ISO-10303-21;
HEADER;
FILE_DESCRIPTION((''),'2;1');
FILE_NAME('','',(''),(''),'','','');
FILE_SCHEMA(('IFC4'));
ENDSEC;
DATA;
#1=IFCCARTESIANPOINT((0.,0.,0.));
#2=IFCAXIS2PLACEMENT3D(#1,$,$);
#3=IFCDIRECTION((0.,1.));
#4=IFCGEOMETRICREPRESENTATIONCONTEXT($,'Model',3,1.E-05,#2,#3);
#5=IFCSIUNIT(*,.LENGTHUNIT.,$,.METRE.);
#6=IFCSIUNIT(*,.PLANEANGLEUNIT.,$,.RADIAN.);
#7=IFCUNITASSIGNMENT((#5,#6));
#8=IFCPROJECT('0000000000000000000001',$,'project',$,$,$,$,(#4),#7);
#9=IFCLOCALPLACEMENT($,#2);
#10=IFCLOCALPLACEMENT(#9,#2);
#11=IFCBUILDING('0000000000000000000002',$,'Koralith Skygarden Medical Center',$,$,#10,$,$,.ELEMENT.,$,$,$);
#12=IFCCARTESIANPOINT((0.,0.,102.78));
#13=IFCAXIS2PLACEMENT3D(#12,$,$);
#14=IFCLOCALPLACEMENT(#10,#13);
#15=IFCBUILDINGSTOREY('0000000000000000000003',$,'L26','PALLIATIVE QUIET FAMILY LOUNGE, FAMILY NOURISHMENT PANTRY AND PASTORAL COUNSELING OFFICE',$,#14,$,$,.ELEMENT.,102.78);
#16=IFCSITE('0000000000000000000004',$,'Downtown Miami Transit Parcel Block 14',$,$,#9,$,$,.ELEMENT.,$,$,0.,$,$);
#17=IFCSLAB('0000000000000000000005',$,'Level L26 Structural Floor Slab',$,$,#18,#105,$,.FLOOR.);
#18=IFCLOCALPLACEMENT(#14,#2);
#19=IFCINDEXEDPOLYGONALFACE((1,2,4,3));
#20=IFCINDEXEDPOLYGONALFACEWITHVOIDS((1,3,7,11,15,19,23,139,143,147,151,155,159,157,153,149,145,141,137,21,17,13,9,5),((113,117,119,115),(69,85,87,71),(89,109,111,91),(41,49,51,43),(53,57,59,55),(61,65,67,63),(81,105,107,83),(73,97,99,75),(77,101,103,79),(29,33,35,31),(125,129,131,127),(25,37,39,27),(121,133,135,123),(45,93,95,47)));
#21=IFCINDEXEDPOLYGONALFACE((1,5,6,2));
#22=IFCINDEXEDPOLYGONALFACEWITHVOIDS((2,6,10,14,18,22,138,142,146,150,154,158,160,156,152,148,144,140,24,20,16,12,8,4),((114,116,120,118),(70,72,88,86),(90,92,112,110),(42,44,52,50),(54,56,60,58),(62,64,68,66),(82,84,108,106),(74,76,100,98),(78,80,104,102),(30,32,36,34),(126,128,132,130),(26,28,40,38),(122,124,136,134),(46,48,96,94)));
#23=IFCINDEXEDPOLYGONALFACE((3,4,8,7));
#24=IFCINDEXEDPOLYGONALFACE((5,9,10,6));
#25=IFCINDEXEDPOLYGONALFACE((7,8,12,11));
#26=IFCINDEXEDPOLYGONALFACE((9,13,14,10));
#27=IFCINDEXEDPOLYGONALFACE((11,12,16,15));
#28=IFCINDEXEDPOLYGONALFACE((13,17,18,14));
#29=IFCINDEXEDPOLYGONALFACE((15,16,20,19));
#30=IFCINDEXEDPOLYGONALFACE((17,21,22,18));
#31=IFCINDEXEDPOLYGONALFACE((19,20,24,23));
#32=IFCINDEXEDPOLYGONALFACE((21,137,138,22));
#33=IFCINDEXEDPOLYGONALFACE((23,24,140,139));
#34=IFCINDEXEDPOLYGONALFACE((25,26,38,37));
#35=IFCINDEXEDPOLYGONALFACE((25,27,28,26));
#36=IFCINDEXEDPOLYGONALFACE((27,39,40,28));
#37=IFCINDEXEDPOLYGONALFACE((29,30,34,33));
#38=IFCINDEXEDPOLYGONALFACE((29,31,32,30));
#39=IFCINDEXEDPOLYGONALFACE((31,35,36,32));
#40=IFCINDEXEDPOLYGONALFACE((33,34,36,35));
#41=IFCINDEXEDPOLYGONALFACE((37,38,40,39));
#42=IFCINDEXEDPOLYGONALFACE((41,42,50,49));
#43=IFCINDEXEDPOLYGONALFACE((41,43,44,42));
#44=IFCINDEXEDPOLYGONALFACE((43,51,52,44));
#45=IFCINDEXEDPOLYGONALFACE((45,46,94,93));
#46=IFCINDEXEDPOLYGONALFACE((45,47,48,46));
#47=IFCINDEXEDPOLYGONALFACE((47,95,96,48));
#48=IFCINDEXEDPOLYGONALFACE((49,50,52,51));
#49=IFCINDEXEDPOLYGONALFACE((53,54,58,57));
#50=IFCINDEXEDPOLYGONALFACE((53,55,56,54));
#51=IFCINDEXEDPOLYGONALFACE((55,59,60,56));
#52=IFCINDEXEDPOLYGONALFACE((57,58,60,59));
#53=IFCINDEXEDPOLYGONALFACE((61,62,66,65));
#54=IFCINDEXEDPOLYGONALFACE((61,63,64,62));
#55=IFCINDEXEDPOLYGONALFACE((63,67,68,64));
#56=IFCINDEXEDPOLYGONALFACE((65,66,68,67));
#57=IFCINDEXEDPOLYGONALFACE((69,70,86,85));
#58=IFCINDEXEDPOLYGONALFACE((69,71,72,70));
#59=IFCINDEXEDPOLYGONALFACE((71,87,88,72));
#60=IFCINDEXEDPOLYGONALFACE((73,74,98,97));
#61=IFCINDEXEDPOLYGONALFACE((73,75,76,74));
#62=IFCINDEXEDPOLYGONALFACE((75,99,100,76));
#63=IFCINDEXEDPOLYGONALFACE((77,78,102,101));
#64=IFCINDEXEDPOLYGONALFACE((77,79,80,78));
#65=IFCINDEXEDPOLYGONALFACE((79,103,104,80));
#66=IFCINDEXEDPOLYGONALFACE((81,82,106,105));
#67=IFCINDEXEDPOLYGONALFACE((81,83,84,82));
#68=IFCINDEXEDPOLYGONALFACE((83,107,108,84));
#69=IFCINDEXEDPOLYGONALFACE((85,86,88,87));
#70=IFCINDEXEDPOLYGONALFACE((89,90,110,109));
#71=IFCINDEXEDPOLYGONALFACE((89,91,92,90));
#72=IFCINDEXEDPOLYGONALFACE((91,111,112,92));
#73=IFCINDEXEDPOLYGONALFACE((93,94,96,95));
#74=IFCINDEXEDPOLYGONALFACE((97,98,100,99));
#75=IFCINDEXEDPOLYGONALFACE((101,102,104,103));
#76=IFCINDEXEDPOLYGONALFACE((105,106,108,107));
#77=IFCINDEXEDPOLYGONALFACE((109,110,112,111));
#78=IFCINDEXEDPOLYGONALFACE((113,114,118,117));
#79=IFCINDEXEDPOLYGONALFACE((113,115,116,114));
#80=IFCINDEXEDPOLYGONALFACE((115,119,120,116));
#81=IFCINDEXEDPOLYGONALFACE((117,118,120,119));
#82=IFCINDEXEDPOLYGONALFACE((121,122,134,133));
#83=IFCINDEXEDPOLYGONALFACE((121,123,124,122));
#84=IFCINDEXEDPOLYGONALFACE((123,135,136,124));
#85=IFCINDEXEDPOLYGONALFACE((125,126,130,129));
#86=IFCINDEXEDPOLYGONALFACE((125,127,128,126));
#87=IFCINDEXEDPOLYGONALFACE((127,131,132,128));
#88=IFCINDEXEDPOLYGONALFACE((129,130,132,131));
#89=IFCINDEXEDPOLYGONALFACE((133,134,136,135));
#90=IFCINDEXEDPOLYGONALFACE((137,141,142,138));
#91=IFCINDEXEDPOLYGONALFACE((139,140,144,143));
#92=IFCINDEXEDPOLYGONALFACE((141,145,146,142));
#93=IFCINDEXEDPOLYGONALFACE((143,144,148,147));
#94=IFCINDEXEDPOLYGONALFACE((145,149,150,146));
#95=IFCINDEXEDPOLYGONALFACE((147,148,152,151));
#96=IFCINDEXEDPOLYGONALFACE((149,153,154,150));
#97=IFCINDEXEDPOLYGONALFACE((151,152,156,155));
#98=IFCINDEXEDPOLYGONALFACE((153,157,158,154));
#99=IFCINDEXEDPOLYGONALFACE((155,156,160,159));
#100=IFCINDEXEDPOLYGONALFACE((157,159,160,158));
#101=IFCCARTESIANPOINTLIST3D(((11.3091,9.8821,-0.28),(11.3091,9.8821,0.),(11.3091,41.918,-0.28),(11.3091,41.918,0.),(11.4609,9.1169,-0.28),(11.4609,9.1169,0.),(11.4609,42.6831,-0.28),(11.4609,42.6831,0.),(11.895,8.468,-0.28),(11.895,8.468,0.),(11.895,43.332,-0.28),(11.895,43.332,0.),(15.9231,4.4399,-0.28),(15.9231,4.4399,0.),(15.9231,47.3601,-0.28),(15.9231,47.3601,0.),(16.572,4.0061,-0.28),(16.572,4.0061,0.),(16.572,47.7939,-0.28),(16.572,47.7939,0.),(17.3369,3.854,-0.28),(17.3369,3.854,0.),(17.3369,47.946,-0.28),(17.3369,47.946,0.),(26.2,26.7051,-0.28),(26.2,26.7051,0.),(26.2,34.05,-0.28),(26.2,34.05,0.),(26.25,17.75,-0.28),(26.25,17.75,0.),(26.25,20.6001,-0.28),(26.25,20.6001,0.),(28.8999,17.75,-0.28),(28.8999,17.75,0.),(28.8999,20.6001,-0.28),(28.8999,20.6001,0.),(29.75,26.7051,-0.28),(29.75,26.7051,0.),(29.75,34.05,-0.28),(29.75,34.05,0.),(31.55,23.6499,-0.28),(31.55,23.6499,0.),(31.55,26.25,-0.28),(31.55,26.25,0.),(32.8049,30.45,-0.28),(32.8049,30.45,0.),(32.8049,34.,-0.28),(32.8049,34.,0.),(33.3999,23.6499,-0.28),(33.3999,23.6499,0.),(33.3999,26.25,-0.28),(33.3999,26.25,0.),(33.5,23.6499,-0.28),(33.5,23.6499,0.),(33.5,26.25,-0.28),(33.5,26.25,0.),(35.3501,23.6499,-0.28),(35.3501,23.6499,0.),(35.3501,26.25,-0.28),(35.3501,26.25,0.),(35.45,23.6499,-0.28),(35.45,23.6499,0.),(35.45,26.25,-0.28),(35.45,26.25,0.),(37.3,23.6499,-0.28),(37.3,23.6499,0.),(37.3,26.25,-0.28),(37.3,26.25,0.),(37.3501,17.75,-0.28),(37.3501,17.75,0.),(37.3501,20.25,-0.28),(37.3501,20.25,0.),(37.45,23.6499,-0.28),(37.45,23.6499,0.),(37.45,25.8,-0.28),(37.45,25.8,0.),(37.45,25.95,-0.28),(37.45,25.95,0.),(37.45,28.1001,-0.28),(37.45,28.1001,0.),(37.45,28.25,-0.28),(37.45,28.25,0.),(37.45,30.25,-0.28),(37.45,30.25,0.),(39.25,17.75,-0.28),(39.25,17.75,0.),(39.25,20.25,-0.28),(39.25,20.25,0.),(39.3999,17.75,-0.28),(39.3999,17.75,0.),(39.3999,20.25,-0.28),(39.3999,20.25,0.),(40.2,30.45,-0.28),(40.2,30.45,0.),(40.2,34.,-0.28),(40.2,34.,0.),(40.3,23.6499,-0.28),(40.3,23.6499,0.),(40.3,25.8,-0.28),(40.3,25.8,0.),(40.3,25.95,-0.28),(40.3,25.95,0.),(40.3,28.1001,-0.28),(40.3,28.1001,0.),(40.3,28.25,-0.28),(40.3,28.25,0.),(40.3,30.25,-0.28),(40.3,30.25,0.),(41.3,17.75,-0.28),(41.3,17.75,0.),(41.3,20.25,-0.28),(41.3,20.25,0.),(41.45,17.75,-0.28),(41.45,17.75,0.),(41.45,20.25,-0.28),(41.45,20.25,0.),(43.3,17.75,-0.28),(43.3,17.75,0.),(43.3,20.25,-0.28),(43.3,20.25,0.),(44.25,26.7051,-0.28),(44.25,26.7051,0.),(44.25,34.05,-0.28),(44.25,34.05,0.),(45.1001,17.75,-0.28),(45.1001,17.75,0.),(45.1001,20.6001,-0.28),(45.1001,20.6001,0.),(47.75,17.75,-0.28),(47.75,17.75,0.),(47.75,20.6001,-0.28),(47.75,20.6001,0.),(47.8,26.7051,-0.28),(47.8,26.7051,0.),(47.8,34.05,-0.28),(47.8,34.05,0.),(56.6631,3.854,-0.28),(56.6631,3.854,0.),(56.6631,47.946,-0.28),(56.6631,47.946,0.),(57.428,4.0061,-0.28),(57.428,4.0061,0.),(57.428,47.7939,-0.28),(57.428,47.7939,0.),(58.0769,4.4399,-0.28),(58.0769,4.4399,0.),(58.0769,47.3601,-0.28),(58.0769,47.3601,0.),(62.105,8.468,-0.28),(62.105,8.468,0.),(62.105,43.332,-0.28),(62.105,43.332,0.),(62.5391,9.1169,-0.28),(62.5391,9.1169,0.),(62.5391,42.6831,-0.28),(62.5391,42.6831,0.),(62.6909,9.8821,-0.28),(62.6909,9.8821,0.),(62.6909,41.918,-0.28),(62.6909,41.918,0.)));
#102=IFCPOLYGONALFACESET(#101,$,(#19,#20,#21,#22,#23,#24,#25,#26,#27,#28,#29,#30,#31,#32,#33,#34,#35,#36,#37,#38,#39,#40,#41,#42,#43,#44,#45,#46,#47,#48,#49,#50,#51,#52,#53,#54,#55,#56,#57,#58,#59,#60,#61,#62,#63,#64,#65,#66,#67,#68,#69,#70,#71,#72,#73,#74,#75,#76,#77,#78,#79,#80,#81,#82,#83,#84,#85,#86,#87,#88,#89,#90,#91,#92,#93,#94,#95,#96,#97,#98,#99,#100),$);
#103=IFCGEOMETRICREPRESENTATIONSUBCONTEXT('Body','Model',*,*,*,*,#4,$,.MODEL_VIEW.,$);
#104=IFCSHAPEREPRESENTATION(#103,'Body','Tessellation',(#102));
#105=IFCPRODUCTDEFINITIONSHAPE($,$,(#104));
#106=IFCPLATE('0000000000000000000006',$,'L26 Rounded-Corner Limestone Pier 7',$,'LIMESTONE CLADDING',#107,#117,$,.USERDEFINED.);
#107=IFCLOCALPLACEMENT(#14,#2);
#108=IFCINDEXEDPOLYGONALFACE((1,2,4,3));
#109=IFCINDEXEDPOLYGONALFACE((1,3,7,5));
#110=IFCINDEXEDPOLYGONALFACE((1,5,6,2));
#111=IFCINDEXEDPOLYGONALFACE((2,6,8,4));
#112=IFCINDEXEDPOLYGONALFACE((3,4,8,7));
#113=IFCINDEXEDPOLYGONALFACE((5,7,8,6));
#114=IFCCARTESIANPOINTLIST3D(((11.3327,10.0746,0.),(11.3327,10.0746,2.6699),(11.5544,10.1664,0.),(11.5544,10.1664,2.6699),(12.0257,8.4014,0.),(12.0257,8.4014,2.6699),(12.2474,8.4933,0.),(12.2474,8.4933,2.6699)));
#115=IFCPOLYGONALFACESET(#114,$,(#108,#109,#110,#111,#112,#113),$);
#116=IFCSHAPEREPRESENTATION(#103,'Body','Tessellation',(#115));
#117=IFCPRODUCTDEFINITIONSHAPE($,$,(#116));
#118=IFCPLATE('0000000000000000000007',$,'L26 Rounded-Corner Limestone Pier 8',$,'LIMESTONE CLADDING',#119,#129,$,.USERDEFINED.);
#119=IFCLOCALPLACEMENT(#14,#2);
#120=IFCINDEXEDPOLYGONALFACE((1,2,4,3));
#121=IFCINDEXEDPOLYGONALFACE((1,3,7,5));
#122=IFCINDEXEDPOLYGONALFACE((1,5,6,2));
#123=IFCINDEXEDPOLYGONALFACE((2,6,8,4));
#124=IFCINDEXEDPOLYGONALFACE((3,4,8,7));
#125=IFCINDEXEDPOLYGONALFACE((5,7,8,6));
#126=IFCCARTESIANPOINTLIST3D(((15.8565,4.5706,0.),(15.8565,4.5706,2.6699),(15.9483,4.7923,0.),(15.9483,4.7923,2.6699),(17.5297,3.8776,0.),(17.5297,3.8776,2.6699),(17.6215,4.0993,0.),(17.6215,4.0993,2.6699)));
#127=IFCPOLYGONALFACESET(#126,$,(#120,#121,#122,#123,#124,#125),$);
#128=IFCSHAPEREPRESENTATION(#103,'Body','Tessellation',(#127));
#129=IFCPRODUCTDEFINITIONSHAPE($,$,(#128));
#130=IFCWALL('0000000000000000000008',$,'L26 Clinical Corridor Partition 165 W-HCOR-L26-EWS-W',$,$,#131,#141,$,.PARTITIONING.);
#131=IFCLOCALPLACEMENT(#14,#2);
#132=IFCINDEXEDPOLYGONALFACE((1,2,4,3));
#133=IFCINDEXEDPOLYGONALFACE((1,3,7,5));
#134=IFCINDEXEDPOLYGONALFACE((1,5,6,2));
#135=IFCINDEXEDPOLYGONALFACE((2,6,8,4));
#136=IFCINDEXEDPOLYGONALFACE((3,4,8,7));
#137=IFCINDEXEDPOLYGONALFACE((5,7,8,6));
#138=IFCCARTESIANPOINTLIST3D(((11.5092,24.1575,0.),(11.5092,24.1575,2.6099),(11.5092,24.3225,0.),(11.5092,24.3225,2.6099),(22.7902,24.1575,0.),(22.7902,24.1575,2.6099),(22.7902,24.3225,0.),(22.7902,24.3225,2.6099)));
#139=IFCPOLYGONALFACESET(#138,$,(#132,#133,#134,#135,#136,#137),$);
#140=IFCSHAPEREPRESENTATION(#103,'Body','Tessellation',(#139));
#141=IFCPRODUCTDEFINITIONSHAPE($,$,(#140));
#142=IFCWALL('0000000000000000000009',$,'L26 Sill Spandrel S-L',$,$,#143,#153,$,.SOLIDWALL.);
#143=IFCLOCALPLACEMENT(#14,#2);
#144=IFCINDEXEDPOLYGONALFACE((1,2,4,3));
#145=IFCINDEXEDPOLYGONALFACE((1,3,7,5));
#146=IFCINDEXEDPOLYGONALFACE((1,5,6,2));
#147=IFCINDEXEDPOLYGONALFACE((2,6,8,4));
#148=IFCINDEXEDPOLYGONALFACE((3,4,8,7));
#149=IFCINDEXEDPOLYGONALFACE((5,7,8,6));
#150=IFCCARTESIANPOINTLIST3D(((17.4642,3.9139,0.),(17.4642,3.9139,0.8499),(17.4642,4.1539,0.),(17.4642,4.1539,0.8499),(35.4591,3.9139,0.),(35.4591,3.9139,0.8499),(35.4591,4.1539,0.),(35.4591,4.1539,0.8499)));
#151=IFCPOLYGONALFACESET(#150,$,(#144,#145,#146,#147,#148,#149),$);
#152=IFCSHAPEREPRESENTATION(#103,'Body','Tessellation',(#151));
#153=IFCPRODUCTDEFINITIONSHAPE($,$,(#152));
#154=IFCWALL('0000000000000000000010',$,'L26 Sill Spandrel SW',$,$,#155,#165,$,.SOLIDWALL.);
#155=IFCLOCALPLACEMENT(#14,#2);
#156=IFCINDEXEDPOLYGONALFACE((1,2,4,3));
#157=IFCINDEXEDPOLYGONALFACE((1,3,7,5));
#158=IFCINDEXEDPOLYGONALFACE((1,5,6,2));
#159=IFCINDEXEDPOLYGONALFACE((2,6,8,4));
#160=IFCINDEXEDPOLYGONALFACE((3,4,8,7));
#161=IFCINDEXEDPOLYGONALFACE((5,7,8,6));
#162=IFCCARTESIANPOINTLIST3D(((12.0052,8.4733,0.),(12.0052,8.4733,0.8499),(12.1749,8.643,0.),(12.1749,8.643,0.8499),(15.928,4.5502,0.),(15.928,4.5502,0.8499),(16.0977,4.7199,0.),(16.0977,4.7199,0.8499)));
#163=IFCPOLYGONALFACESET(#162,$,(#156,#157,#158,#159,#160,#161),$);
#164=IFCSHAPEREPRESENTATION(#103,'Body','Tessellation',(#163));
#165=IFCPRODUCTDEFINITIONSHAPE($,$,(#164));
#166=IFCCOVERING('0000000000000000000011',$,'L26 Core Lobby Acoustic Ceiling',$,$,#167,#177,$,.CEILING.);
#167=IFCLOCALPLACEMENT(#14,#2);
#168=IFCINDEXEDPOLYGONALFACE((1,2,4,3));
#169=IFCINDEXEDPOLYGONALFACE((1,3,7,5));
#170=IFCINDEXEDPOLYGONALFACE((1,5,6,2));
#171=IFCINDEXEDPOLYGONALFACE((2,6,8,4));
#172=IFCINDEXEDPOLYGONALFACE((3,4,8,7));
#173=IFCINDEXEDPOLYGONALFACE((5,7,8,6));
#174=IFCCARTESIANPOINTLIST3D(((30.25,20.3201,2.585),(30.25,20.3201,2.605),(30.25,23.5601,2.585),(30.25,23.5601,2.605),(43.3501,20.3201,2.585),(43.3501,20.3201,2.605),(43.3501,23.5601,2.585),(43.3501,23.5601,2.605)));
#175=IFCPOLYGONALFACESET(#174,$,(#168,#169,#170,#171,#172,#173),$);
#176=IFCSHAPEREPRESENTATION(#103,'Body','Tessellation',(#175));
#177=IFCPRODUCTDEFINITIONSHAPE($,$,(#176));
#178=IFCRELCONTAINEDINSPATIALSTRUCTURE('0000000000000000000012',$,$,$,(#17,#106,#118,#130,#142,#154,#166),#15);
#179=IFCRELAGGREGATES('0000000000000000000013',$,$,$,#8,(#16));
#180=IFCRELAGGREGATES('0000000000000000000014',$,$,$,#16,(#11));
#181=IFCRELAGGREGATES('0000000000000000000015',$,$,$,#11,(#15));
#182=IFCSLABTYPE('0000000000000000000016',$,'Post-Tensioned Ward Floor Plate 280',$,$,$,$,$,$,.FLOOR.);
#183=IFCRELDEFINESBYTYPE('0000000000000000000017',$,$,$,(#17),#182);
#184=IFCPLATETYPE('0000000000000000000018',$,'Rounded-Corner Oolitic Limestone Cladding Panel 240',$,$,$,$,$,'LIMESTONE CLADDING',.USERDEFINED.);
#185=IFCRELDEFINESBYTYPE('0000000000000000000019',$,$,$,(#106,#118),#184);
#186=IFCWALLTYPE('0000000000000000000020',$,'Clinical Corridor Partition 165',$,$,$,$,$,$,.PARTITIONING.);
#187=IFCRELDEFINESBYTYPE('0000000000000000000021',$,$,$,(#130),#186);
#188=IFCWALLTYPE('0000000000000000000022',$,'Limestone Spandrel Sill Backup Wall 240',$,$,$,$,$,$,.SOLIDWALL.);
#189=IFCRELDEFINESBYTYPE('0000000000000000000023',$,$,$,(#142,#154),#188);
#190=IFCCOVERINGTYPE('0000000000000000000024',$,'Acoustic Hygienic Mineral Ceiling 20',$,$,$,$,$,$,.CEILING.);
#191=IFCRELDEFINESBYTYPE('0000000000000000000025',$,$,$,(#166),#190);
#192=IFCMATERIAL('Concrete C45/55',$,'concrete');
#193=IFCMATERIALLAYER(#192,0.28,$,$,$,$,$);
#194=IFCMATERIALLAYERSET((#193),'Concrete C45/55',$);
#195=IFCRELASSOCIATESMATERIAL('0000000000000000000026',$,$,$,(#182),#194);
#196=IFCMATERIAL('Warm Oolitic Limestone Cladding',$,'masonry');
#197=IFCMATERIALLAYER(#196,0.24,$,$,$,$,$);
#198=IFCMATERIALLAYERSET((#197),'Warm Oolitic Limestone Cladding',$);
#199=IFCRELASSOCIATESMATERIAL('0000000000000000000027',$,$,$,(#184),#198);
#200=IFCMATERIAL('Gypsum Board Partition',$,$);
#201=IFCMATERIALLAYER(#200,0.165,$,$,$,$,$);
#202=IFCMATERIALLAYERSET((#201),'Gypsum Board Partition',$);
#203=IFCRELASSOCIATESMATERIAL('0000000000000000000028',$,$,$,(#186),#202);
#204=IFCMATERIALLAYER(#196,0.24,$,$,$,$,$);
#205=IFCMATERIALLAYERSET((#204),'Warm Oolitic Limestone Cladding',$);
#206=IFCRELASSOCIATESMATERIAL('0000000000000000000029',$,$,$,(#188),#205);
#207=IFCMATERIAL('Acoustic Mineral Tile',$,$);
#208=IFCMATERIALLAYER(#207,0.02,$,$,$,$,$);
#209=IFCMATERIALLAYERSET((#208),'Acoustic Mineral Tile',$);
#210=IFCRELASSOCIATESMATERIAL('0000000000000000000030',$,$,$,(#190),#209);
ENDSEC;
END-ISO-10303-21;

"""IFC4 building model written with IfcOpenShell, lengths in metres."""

from ifc_helpers import new_model, si_unit, direction, frame, frame_2d, origin, origin_2d, place, context, subcontext, project, spatial, polyline, rectangle, outline, extrude, material, layer, layer_set, type_object, element, save


model = new_model("IFC4")

# Units and contexts
model_context = context("Model", 3, precision=1e-05, world=origin(), true_north=direction((0.0, 1.0)))
body_context = subcontext(model_context, "Body", "Model", "MODEL_VIEW")
ifc_project = project(units=[si_unit("LENGTHUNIT", "METRE"), si_unit("PLANEANGLEUNIT", "RADIAN")], contexts=[model_context])

# Site, building, storey
site_placement = place(None, origin())
site = spatial("IfcSite", under=ifc_project, at=site_placement, Name="Downtown Miami Transit Parcel Block 14", CompositionType="ELEMENT", RefElevation=0.0)
building_placement = place(site_placement, origin())
building = spatial("IfcBuilding", under=site, at=building_placement, Name="Koralith Skygarden Medical Center", CompositionType="ELEMENT")
storey_placement = place(building_placement, frame((0.0, 0.0, 102.78)))
storey = spatial("IfcBuildingStorey", under=building, at=storey_placement, Name="L26", Description="PALLIATIVE QUIET FAMILY LOUNGE, FAMILY NOURISHMENT PANTRY AND PASTORAL COUNSELING OFFICE", CompositionType="ELEMENT", Elevation=102.78)

# Shared definitions
ifc_material_1 = material(Name="Concrete C45/55", Category="concrete")

# Slab
ifc_layer_1 = layer(ifc_material_1, 0.28)
ifc_layer_set_1 = layer_set([ifc_layer_1], Name="Concrete C45/55")
slab_type_1 = type_object("IfcSlabType", Name="Post-Tensioned Ward Floor Plate 280", PredefinedType="FLOOR", material=ifc_layer_set_1)
slab_1_placement = place(storey_placement, frame((0.0, 0.0, -0.28)))
element("IfcSlab", 1, at=slab_1_placement, inside=storey, type_object=slab_type_1, Name="Level L26 Structural Floor Slab", PredefinedType="FLOOR", context=body_context, shape_type="SweptSolid", body=[
    extrude(outline(polyline([(15.9231, 4.4399), (16.572, 4.0061), (17.3369, 3.854), (56.6631, 3.854), (57.428, 4.0061), (58.0769, 4.4399), (62.105, 8.468), (62.5391, 9.1169), (62.6909, 9.8821), (62.6909, 41.918), (62.5391, 42.6831), (62.105, 43.332), (58.0769, 47.3601), (57.428, 47.7939), (56.6631, 47.946), (17.3369, 47.946), (16.572, 47.7939), (15.9231, 47.3601), (11.895, 43.332), (11.4609, 42.6831), (11.3091, 41.918), (11.3091, 9.8821), (11.4609, 9.1169), (11.895, 8.468), (15.9231, 4.4399)]), holes=[polyline([(26.2, 26.7051), (29.75, 26.7051), (29.75, 34.05), (26.2, 34.05), (26.2, 26.7051)]), polyline([(44.25, 26.7051), (47.8, 26.7051), (47.8, 34.05), (44.25, 34.05), (44.25, 26.7051)]), polyline([(32.8049, 30.45), (40.2, 30.45), (40.2, 34.0), (32.8049, 34.0), (32.8049, 30.45)]), polyline([(26.25, 17.75), (28.8999, 17.75), (28.8999, 20.6001), (26.25, 20.6001), (26.25, 17.75)]), polyline([(45.1001, 17.75), (47.75, 17.75), (47.75, 20.6001), (45.1001, 20.6001), (45.1001, 17.75)]), polyline([(37.3501, 17.75), (39.25, 17.75), (39.25, 20.25), (37.3501, 20.25), (37.3501, 17.75)]), polyline([(39.3999, 17.75), (41.3, 17.75), (41.3, 20.25), (39.3999, 20.25), (39.3999, 17.75)]), polyline([(41.45, 17.75), (43.3, 17.75), (43.3, 20.25), (41.45, 20.25), (41.45, 17.75)]), polyline([(31.55, 23.6499), (33.3999, 23.6499), (33.3999, 26.25), (31.55, 26.25), (31.55, 23.6499)]), polyline([(33.5, 23.6499), (35.3501, 23.6499), (35.3501, 26.25), (33.5, 26.25), (33.5, 23.6499)]), polyline([(35.45, 23.6499), (37.3, 23.6499), (37.3, 26.25), (35.45, 26.25), (35.45, 23.6499)]), polyline([(37.45, 23.6499), (40.3, 23.6499), (40.3, 25.8), (37.45, 25.8), (37.45, 23.6499)]), polyline([(37.45, 25.95), (40.3, 25.95), (40.3, 28.1001), (37.45, 28.1001), (37.45, 25.95)]), polyline([(37.45, 28.25), (40.3, 28.25), (40.3, 30.25), (37.45, 30.25), (37.45, 28.25)])]), origin(), (0.0, 0.0, 1.0), 0.28),
])

# Plates
ifc_material_2 = material(Name="Warm Oolitic Limestone Cladding", Category="masonry")
ifc_layer_2 = layer(ifc_material_2, 0.24)
ifc_layer_set_2 = layer_set([ifc_layer_2], Name="Warm Oolitic Limestone Cladding")
plate_type_1 = type_object("IfcPlateType", Name="Rounded-Corner Oolitic Limestone Cladding Panel 240", ElementType="LIMESTONE CLADDING", PredefinedType="USERDEFINED", material=ifc_layer_set_2)
for number, where, z_axis, x_axis, name in (
    (2, (11.79, 9.2839, 0.0), (0.0, 0.0, 1.0), (0.382671, -0.923885, 0.0), "L26 Rounded-Corner Limestone Pier 7"),
    (3, (16.739, 4.335, 0.0), (0.0, 0.0, 1.0), (0.923885, -0.382671, 0.0), "L26 Rounded-Corner Limestone Pier 8"),
):
    element("IfcPlate", number, at=place(storey_placement, frame(where, z_axis=z_axis, x_axis=x_axis)), inside=storey, type_object=plate_type_1, Name=name, ObjectType="LIMESTONE CLADDING", PredefinedType="USERDEFINED", context=body_context, shape_type="SweptSolid", body=[
        extrude(rectangle(XDim=1.811, YDim=0.24, at=origin_2d()), origin(), (0.0, 0.0, 1.0), 2.6699),
    ])

# Wall
ifc_material_3 = material(Name="Gypsum Board Partition")
ifc_layer_3 = layer(ifc_material_3, 0.165)
ifc_layer_set_3 = layer_set([ifc_layer_3], Name="Gypsum Board Partition")
wall_type_1 = type_object("IfcWallType", Name="Clinical Corridor Partition 165", PredefinedType="PARTITIONING", material=ifc_layer_set_3)
wall_1_placement = place(storey_placement, frame((11.509, 24.24, 0.0), z_axis=(0.0, 0.0, 1.0), x_axis=(1.0, 0.0, 0.0)))
element("IfcWall", 4, at=wall_1_placement, inside=storey, type_object=wall_type_1, Name="L26 Clinical Corridor Partition 165 W-HCOR-L26-EWS-W", PredefinedType="PARTITIONING", context=body_context, shape_type="SweptSolid", body=[
    extrude(rectangle(XDim=11.281, YDim=0.165, at=frame_2d((5.6406, 0.0))), origin(), (0.0, 0.0, 1.0), 2.6099),
])

# Walls
ifc_layer_4 = layer(ifc_material_2, 0.24)
ifc_layer_set_4 = layer_set([ifc_layer_4], Name="Warm Oolitic Limestone Cladding")
wall_type_2 = type_object("IfcWallType", Name="Limestone Spandrel Sill Backup Wall 240", PredefinedType="SOLIDWALL", material=ifc_layer_set_4)
wall_2_placement = place(storey_placement, frame((17.4641, 4.0339, 0.0), z_axis=(0.0, 0.0, 1.0), x_axis=(1.0, 0.0, 0.0)))
element("IfcWall", 5, at=wall_2_placement, inside=storey, type_object=wall_type_2, Name="L26 Sill Spandrel S-L", PredefinedType="SOLIDWALL", context=body_context, shape_type="SweptSolid", body=[
    extrude(rectangle(XDim=17.9949, YDim=0.24, at=frame_2d((8.9976, 0.0))), origin(), (0.0, 0.0, 1.0), 0.8499),
])
wall_3_placement = place(storey_placement, frame((12.0901, 8.5581, 0.0), z_axis=(0.0, 0.0, 1.0), x_axis=(0.707085, -0.707129, 0.0)))
element("IfcWall", 6, at=wall_3_placement, inside=storey, type_object=wall_type_2, Name="L26 Sill Spandrel SW", PredefinedType="SOLIDWALL", context=body_context, shape_type="SweptSolid", body=[
    extrude(rectangle(XDim=5.5479, YDim=0.24, at=frame_2d((2.7739, 0.0))), origin(), (0.0, 0.0, 1.0), 0.8499),
])

# Covering
ifc_material_4 = material(Name="Acoustic Mineral Tile")
ifc_layer_5 = layer(ifc_material_4, 0.02)
ifc_layer_set_5 = layer_set([ifc_layer_5], Name="Acoustic Mineral Tile")
covering_type_1 = type_object("IfcCoveringType", Name="Acoustic Hygienic Mineral Ceiling 20", PredefinedType="CEILING", material=ifc_layer_set_5)
covering_1_placement = place(storey_placement, frame((0.0, 0.0, 2.585)))
element("IfcCovering", 7, at=covering_1_placement, inside=storey, type_object=covering_type_1, Name="L26 Core Lobby Acoustic Ceiling", PredefinedType="CEILING", context=body_context, shape_type="SweptSolid", body=[
    extrude(outline(polyline([(30.25, 20.3201), (43.3501, 20.3201), (43.3501, 23.5601), (30.25, 23.5601), (30.25, 20.3201)])), origin(), (0.0, 0.0, 1.0), 0.02),
])

save(model, "model.ifc")
